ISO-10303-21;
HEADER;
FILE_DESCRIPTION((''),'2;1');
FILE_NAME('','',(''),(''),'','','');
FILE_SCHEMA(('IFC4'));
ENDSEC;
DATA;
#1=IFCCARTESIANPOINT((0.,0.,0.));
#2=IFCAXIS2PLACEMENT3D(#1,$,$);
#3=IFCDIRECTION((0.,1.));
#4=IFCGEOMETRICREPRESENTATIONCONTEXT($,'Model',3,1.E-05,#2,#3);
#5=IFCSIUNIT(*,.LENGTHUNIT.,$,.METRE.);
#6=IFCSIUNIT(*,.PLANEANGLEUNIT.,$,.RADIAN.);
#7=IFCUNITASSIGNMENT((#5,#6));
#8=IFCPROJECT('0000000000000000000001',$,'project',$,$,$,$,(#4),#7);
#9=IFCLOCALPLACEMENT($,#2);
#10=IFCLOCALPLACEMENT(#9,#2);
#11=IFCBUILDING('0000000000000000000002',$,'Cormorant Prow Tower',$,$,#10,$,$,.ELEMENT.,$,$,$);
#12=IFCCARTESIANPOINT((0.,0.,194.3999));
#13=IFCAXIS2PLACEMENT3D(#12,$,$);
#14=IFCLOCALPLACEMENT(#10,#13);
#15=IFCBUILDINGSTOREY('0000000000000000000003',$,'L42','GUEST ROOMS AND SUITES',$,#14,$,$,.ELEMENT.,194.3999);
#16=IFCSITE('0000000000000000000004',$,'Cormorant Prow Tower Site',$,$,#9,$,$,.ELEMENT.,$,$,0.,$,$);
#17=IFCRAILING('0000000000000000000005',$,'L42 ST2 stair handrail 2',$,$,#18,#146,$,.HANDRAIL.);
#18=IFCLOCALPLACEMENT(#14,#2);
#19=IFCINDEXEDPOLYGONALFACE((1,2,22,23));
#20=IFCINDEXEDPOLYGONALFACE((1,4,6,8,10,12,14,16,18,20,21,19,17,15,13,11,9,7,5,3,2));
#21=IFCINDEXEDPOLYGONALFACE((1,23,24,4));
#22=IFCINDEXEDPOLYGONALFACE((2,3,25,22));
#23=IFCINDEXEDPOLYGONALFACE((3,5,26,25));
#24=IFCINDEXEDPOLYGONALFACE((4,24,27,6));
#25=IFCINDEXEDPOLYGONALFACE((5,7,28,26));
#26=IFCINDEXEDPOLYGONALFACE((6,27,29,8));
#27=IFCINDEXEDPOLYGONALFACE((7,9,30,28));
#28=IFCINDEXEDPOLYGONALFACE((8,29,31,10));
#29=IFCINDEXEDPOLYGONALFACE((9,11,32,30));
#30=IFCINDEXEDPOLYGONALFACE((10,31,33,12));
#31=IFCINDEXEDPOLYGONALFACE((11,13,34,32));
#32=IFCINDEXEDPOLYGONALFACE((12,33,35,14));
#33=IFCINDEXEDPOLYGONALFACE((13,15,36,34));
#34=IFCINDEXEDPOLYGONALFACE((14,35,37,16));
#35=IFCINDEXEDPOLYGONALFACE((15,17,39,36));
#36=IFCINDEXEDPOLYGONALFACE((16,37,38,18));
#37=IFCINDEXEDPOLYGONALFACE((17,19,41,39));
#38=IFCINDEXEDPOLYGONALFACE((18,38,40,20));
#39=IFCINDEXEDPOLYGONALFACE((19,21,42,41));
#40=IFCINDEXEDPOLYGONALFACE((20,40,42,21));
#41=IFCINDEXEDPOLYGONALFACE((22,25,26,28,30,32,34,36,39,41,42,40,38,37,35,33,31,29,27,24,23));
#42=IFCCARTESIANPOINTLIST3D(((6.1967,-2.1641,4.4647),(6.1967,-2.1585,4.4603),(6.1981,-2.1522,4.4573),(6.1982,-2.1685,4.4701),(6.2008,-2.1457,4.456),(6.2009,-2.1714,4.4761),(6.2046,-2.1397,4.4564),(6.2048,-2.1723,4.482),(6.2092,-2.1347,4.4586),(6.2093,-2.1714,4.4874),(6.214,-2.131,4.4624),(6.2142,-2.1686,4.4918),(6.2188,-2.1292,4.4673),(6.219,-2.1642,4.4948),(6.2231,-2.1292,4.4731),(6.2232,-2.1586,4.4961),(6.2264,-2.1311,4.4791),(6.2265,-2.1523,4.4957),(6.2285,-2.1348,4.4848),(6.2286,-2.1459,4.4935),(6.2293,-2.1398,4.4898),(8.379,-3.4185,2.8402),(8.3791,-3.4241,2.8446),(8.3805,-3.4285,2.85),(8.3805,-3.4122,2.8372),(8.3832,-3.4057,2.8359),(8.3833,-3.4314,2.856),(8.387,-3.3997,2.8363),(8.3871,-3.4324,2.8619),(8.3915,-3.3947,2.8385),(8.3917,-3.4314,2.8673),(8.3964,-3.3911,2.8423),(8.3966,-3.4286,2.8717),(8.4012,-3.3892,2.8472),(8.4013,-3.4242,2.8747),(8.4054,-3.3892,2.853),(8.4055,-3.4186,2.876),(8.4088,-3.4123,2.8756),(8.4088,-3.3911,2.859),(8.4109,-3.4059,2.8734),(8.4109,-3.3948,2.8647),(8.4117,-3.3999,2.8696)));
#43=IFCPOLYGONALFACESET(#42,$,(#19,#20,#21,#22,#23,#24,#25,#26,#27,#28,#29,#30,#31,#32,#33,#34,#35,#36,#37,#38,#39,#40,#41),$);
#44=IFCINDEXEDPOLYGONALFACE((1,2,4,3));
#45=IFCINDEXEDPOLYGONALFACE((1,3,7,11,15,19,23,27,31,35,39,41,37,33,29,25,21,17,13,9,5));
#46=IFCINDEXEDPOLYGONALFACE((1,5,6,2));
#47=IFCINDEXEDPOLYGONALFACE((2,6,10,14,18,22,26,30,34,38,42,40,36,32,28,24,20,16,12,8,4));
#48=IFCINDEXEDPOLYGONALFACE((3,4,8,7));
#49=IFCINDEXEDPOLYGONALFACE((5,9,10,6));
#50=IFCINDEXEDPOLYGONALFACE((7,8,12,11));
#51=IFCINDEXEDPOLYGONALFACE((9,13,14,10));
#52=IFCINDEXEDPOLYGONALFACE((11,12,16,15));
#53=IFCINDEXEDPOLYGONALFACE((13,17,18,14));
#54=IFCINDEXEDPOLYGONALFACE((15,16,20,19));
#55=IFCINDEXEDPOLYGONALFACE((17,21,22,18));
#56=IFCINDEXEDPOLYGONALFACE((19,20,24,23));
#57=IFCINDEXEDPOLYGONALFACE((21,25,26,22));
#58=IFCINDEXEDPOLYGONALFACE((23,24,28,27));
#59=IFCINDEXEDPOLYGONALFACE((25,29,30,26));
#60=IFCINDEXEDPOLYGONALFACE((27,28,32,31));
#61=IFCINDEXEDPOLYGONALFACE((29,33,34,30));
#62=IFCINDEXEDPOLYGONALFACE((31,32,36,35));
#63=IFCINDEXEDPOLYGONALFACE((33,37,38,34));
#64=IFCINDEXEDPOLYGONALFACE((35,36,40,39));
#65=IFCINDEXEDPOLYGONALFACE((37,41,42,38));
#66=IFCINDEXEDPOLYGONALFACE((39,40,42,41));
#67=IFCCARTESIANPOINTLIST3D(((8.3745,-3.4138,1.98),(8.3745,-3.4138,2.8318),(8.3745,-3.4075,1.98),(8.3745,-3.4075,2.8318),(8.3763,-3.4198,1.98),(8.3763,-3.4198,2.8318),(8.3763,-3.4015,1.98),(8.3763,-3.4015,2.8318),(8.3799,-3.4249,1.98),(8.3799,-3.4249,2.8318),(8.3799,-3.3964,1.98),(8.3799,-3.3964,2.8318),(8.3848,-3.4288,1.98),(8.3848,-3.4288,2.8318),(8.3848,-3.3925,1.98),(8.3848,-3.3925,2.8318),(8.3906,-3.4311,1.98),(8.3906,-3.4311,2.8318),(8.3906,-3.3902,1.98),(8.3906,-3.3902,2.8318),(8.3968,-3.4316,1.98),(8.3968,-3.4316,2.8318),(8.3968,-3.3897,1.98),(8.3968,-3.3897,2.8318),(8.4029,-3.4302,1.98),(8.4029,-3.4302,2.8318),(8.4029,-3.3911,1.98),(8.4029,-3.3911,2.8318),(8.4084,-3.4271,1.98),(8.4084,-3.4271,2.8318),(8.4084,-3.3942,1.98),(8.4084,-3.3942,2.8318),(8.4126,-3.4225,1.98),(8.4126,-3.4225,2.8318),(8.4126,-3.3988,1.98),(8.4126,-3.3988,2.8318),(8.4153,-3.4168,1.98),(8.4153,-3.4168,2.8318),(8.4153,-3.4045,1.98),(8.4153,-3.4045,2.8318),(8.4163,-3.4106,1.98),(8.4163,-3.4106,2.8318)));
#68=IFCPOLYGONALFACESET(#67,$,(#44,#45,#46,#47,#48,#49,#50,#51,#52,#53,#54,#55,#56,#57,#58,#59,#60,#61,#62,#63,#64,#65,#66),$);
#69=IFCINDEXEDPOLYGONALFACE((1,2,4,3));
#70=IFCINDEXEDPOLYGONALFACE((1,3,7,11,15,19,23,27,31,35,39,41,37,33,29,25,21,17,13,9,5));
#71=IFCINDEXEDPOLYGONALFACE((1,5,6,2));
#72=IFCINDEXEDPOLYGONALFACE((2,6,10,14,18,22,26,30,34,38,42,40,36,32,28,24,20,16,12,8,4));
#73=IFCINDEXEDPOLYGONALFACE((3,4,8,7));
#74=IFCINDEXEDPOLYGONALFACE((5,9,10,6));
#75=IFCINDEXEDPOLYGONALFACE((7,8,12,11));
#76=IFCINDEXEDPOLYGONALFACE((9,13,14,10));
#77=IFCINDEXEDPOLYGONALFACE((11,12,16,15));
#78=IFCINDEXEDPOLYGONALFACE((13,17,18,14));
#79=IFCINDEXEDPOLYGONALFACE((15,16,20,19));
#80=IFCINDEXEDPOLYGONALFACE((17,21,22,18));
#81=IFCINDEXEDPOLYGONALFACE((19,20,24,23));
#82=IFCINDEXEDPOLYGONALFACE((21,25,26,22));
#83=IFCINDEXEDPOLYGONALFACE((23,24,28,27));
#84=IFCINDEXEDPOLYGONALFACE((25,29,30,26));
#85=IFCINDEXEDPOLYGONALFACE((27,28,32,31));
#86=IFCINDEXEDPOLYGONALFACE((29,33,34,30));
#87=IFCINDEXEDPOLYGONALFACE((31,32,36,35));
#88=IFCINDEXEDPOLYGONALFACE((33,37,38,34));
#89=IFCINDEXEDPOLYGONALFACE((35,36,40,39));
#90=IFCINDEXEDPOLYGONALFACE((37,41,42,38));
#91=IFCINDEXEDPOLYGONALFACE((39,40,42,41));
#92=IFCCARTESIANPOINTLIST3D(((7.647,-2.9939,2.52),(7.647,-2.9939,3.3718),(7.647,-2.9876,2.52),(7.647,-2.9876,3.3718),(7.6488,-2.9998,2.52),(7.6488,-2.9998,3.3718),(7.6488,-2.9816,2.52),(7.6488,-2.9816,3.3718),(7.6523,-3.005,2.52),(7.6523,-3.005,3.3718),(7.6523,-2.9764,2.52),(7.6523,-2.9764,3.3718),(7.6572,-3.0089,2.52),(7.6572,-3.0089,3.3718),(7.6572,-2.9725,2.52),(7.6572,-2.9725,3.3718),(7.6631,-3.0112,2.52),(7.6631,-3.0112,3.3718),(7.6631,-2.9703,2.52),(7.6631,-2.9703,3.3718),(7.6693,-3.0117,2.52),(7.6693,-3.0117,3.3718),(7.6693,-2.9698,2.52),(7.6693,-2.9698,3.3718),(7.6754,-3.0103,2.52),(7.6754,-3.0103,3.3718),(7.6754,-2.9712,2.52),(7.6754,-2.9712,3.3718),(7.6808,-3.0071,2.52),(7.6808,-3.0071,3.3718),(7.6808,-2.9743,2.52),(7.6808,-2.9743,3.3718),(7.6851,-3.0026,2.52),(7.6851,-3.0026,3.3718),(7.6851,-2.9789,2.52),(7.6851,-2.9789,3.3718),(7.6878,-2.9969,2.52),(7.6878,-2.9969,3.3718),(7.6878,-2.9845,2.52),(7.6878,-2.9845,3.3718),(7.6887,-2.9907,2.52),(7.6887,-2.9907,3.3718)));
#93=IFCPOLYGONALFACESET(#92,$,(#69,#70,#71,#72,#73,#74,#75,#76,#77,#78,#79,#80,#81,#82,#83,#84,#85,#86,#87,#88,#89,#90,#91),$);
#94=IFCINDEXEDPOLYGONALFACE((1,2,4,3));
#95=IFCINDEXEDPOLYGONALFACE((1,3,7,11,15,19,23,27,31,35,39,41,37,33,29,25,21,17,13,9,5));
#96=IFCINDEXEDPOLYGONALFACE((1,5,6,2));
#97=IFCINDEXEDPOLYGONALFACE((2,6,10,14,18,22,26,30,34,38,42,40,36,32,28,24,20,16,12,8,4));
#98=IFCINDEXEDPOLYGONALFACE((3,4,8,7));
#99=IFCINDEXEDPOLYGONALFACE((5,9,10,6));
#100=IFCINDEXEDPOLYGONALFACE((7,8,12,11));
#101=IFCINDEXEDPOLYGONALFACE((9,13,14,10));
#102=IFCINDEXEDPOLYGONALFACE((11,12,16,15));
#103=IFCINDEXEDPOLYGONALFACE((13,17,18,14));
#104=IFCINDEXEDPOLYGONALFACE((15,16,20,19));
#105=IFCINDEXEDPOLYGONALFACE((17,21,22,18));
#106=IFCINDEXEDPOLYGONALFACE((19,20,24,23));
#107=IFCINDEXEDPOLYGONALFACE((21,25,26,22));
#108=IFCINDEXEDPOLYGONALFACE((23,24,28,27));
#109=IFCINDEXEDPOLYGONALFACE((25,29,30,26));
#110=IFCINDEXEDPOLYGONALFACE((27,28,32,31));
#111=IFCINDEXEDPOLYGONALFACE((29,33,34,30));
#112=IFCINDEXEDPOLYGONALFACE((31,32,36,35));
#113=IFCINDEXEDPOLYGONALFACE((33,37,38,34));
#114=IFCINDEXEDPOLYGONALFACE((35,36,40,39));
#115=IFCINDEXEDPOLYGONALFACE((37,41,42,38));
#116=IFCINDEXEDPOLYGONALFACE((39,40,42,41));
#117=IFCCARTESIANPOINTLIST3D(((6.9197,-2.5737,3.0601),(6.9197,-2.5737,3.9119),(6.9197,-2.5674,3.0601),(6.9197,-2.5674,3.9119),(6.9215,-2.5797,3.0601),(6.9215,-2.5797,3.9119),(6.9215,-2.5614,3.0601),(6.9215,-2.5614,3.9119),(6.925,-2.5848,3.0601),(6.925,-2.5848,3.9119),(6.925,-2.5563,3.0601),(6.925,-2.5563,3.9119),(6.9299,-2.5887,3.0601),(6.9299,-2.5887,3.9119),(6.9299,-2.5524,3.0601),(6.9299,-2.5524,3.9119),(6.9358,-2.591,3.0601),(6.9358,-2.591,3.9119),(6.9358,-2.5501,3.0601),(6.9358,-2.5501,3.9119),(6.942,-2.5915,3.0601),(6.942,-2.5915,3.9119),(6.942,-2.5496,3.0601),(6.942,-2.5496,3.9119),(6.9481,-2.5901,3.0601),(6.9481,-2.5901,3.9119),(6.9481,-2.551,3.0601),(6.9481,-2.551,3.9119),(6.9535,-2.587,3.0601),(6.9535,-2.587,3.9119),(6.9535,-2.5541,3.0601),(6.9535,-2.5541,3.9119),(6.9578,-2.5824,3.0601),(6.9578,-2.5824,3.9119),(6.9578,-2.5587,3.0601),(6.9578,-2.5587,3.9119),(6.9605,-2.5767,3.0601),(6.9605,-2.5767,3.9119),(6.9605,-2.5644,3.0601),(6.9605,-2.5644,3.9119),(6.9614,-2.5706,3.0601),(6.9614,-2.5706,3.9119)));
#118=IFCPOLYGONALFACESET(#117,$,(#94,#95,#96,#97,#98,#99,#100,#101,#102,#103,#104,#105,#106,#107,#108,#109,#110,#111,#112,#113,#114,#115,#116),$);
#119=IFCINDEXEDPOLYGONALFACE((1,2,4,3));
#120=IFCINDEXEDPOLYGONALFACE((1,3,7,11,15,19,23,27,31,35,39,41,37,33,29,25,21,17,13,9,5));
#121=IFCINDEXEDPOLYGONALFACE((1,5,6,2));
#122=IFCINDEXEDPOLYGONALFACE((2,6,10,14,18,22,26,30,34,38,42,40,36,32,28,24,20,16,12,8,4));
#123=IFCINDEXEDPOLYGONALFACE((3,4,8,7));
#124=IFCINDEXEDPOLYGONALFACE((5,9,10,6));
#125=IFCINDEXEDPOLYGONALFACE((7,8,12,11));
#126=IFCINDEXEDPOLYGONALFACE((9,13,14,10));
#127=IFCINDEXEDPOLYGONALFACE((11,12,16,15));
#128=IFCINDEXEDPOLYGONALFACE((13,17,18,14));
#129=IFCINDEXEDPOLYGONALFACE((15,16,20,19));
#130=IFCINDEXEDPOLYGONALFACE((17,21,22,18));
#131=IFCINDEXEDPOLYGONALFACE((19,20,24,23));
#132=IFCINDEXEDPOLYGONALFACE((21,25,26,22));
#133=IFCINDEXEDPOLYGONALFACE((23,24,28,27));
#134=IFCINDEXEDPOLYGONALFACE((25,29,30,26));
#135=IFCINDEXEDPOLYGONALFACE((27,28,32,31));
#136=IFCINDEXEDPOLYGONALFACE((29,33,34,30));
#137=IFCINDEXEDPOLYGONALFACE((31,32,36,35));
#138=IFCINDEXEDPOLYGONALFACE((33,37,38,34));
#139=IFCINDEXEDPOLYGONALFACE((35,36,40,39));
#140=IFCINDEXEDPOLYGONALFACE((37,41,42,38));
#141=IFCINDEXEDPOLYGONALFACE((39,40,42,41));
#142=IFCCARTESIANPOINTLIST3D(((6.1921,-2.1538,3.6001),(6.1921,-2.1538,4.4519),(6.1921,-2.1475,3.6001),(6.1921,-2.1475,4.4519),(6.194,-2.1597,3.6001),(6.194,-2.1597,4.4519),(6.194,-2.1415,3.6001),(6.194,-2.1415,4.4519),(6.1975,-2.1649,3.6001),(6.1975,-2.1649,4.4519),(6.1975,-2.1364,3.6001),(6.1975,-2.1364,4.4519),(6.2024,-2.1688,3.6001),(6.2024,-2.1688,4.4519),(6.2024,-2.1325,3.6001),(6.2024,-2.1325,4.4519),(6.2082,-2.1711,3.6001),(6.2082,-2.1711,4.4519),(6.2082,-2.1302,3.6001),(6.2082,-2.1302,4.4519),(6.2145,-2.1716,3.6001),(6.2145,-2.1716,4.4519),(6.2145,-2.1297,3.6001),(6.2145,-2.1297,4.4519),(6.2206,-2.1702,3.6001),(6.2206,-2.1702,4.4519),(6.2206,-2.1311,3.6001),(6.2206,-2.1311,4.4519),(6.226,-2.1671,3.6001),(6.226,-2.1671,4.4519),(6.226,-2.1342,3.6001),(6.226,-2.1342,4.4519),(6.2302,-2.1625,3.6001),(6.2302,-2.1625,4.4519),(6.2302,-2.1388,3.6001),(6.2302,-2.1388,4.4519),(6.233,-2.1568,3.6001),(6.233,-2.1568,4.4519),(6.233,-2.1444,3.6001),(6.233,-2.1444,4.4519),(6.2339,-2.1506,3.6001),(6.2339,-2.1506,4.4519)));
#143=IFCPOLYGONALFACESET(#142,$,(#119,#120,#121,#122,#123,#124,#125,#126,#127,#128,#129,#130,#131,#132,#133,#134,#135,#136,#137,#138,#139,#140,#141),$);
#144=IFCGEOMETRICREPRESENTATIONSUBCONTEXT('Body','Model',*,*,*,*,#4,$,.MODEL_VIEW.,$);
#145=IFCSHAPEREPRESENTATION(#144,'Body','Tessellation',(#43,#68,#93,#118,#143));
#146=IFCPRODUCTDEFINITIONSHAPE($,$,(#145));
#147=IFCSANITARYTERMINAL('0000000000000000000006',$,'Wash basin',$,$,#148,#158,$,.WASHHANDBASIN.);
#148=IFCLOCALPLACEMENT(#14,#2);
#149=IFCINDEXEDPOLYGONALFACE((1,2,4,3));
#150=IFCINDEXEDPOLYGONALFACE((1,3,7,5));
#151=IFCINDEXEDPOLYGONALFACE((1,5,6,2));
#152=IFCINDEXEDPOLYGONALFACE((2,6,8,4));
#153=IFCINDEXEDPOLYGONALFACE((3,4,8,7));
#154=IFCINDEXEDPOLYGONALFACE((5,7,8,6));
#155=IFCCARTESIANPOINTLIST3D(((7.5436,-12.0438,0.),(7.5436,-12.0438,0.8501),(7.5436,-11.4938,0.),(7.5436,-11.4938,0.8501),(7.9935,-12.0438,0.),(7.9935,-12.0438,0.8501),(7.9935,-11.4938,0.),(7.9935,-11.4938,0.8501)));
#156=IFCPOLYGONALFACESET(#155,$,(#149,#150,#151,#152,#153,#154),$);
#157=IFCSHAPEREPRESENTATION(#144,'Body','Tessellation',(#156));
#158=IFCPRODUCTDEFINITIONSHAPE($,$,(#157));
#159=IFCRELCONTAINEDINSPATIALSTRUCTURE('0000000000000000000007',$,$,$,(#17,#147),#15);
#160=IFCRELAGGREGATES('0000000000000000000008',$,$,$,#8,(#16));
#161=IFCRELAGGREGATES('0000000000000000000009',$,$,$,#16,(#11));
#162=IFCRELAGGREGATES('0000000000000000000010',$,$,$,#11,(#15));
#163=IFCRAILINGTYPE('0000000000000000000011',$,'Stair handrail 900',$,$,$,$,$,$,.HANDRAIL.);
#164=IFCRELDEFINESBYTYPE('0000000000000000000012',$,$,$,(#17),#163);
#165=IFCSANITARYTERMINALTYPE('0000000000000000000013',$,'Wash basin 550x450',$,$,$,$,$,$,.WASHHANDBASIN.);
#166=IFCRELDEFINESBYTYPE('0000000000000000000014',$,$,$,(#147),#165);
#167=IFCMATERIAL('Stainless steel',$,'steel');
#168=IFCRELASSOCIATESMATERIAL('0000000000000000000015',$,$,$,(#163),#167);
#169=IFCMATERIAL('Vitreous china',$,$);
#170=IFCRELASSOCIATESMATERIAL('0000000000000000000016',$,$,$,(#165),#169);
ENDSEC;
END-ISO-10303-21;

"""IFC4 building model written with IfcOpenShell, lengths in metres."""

from ifc_helpers import new_model, si_unit, direction, frame, origin, origin_2d, place, context, subcontext, project, spatial, rectangle, circle, extrude, material, type_object, element, save


model = new_model("IFC4")

# Units and contexts
model_context = context("Model", 3, precision=1e-05, world=origin(), true_north=direction((0.0, 1.0)))
body_context = subcontext(model_context, "Body", "Model", "MODEL_VIEW")
ifc_project = project(units=[si_unit("LENGTHUNIT", "METRE"), si_unit("PLANEANGLEUNIT", "RADIAN")], contexts=[model_context])

# Site, building, storey
site_placement = place(None, origin())
site = spatial("IfcSite", under=ifc_project, at=site_placement, Name="Cormorant Prow Tower Site", CompositionType="ELEMENT", RefElevation=0.0)
building_placement = place(site_placement, origin())
building = spatial("IfcBuilding", under=site, at=building_placement, Name="Cormorant Prow Tower", CompositionType="ELEMENT")
storey_placement = place(building_placement, frame((0.0, 0.0, 194.3999)))
storey = spatial("IfcBuildingStorey", under=building, at=storey_placement, Name="L42", Description="GUEST ROOMS AND SUITES", CompositionType="ELEMENT", Elevation=194.3999)

# Railing
ifc_material_1 = material(Name="Stainless steel", Category="steel")
railing_type_1 = type_object("IfcRailingType", Name="Stair handrail 900", PredefinedType="HANDRAIL", material=ifc_material_1)
railing_1_placement = place(storey_placement, frame((8.3953, -3.4106, 1.98)))
element("IfcRailing", 1, at=railing_1_placement, inside=storey, type_object=railing_type_1, Name="L42 ST2 stair handrail 2", PredefinedType="HANDRAIL", context=body_context, shape_type="SweptSolid", body=[
    extrude(circle(Radius=0.0239, at=origin_2d()), frame((0.0, 0.0, 0.876), z_axis=(-0.728464, 0.420584, 0.540786), x_axis=(-0.500005, -0.866023, 0.0)), (0.0, 0.0, 1.0), 2.9958),
    extrude(circle(Radius=0.021, at=origin_2d()), origin(), (0.0, 0.0, 1.0), 0.8518),
    extrude(circle(Radius=0.021, at=origin_2d()), frame((-0.7275, 0.4199, 0.54)), (0.0, 0.0, 1.0), 0.8518),
    extrude(circle(Radius=0.021, at=origin_2d()), frame((-1.4548, 0.8401, 1.0801)), (0.0, 0.0, 1.0), 0.8518),
    extrude(circle(Radius=0.021, at=origin_2d()), frame((-2.1824, 1.26, 1.6201)), (0.0, 0.0, 1.0), 0.8518),
])

# Sanitary terminal
ifc_material_2 = material(Name="Vitreous china")
sanitary_terminal_type = type_object("IfcSanitaryTerminalType", Name="Wash basin 550x450", PredefinedType="WASHHANDBASIN", material=ifc_material_2)
sanitary_terminal_placement = place(storey_placement, frame((7.7686, -11.7688, 0.0), z_axis=(0.0, 0.0, 1.0), x_axis=(0.0, -1.0, 0.0)))
element("IfcSanitaryTerminal", 2, at=sanitary_terminal_placement, inside=storey, type_object=sanitary_terminal_type, Name="Wash basin", PredefinedType="WASHHANDBASIN", context=body_context, shape_type="SweptSolid", body=[
    extrude(rectangle(XDim=0.55, YDim=0.45, at=origin_2d()), origin(), (0.0, 0.0, 1.0), 0.8501),
])

save(model, "model.ifc")
